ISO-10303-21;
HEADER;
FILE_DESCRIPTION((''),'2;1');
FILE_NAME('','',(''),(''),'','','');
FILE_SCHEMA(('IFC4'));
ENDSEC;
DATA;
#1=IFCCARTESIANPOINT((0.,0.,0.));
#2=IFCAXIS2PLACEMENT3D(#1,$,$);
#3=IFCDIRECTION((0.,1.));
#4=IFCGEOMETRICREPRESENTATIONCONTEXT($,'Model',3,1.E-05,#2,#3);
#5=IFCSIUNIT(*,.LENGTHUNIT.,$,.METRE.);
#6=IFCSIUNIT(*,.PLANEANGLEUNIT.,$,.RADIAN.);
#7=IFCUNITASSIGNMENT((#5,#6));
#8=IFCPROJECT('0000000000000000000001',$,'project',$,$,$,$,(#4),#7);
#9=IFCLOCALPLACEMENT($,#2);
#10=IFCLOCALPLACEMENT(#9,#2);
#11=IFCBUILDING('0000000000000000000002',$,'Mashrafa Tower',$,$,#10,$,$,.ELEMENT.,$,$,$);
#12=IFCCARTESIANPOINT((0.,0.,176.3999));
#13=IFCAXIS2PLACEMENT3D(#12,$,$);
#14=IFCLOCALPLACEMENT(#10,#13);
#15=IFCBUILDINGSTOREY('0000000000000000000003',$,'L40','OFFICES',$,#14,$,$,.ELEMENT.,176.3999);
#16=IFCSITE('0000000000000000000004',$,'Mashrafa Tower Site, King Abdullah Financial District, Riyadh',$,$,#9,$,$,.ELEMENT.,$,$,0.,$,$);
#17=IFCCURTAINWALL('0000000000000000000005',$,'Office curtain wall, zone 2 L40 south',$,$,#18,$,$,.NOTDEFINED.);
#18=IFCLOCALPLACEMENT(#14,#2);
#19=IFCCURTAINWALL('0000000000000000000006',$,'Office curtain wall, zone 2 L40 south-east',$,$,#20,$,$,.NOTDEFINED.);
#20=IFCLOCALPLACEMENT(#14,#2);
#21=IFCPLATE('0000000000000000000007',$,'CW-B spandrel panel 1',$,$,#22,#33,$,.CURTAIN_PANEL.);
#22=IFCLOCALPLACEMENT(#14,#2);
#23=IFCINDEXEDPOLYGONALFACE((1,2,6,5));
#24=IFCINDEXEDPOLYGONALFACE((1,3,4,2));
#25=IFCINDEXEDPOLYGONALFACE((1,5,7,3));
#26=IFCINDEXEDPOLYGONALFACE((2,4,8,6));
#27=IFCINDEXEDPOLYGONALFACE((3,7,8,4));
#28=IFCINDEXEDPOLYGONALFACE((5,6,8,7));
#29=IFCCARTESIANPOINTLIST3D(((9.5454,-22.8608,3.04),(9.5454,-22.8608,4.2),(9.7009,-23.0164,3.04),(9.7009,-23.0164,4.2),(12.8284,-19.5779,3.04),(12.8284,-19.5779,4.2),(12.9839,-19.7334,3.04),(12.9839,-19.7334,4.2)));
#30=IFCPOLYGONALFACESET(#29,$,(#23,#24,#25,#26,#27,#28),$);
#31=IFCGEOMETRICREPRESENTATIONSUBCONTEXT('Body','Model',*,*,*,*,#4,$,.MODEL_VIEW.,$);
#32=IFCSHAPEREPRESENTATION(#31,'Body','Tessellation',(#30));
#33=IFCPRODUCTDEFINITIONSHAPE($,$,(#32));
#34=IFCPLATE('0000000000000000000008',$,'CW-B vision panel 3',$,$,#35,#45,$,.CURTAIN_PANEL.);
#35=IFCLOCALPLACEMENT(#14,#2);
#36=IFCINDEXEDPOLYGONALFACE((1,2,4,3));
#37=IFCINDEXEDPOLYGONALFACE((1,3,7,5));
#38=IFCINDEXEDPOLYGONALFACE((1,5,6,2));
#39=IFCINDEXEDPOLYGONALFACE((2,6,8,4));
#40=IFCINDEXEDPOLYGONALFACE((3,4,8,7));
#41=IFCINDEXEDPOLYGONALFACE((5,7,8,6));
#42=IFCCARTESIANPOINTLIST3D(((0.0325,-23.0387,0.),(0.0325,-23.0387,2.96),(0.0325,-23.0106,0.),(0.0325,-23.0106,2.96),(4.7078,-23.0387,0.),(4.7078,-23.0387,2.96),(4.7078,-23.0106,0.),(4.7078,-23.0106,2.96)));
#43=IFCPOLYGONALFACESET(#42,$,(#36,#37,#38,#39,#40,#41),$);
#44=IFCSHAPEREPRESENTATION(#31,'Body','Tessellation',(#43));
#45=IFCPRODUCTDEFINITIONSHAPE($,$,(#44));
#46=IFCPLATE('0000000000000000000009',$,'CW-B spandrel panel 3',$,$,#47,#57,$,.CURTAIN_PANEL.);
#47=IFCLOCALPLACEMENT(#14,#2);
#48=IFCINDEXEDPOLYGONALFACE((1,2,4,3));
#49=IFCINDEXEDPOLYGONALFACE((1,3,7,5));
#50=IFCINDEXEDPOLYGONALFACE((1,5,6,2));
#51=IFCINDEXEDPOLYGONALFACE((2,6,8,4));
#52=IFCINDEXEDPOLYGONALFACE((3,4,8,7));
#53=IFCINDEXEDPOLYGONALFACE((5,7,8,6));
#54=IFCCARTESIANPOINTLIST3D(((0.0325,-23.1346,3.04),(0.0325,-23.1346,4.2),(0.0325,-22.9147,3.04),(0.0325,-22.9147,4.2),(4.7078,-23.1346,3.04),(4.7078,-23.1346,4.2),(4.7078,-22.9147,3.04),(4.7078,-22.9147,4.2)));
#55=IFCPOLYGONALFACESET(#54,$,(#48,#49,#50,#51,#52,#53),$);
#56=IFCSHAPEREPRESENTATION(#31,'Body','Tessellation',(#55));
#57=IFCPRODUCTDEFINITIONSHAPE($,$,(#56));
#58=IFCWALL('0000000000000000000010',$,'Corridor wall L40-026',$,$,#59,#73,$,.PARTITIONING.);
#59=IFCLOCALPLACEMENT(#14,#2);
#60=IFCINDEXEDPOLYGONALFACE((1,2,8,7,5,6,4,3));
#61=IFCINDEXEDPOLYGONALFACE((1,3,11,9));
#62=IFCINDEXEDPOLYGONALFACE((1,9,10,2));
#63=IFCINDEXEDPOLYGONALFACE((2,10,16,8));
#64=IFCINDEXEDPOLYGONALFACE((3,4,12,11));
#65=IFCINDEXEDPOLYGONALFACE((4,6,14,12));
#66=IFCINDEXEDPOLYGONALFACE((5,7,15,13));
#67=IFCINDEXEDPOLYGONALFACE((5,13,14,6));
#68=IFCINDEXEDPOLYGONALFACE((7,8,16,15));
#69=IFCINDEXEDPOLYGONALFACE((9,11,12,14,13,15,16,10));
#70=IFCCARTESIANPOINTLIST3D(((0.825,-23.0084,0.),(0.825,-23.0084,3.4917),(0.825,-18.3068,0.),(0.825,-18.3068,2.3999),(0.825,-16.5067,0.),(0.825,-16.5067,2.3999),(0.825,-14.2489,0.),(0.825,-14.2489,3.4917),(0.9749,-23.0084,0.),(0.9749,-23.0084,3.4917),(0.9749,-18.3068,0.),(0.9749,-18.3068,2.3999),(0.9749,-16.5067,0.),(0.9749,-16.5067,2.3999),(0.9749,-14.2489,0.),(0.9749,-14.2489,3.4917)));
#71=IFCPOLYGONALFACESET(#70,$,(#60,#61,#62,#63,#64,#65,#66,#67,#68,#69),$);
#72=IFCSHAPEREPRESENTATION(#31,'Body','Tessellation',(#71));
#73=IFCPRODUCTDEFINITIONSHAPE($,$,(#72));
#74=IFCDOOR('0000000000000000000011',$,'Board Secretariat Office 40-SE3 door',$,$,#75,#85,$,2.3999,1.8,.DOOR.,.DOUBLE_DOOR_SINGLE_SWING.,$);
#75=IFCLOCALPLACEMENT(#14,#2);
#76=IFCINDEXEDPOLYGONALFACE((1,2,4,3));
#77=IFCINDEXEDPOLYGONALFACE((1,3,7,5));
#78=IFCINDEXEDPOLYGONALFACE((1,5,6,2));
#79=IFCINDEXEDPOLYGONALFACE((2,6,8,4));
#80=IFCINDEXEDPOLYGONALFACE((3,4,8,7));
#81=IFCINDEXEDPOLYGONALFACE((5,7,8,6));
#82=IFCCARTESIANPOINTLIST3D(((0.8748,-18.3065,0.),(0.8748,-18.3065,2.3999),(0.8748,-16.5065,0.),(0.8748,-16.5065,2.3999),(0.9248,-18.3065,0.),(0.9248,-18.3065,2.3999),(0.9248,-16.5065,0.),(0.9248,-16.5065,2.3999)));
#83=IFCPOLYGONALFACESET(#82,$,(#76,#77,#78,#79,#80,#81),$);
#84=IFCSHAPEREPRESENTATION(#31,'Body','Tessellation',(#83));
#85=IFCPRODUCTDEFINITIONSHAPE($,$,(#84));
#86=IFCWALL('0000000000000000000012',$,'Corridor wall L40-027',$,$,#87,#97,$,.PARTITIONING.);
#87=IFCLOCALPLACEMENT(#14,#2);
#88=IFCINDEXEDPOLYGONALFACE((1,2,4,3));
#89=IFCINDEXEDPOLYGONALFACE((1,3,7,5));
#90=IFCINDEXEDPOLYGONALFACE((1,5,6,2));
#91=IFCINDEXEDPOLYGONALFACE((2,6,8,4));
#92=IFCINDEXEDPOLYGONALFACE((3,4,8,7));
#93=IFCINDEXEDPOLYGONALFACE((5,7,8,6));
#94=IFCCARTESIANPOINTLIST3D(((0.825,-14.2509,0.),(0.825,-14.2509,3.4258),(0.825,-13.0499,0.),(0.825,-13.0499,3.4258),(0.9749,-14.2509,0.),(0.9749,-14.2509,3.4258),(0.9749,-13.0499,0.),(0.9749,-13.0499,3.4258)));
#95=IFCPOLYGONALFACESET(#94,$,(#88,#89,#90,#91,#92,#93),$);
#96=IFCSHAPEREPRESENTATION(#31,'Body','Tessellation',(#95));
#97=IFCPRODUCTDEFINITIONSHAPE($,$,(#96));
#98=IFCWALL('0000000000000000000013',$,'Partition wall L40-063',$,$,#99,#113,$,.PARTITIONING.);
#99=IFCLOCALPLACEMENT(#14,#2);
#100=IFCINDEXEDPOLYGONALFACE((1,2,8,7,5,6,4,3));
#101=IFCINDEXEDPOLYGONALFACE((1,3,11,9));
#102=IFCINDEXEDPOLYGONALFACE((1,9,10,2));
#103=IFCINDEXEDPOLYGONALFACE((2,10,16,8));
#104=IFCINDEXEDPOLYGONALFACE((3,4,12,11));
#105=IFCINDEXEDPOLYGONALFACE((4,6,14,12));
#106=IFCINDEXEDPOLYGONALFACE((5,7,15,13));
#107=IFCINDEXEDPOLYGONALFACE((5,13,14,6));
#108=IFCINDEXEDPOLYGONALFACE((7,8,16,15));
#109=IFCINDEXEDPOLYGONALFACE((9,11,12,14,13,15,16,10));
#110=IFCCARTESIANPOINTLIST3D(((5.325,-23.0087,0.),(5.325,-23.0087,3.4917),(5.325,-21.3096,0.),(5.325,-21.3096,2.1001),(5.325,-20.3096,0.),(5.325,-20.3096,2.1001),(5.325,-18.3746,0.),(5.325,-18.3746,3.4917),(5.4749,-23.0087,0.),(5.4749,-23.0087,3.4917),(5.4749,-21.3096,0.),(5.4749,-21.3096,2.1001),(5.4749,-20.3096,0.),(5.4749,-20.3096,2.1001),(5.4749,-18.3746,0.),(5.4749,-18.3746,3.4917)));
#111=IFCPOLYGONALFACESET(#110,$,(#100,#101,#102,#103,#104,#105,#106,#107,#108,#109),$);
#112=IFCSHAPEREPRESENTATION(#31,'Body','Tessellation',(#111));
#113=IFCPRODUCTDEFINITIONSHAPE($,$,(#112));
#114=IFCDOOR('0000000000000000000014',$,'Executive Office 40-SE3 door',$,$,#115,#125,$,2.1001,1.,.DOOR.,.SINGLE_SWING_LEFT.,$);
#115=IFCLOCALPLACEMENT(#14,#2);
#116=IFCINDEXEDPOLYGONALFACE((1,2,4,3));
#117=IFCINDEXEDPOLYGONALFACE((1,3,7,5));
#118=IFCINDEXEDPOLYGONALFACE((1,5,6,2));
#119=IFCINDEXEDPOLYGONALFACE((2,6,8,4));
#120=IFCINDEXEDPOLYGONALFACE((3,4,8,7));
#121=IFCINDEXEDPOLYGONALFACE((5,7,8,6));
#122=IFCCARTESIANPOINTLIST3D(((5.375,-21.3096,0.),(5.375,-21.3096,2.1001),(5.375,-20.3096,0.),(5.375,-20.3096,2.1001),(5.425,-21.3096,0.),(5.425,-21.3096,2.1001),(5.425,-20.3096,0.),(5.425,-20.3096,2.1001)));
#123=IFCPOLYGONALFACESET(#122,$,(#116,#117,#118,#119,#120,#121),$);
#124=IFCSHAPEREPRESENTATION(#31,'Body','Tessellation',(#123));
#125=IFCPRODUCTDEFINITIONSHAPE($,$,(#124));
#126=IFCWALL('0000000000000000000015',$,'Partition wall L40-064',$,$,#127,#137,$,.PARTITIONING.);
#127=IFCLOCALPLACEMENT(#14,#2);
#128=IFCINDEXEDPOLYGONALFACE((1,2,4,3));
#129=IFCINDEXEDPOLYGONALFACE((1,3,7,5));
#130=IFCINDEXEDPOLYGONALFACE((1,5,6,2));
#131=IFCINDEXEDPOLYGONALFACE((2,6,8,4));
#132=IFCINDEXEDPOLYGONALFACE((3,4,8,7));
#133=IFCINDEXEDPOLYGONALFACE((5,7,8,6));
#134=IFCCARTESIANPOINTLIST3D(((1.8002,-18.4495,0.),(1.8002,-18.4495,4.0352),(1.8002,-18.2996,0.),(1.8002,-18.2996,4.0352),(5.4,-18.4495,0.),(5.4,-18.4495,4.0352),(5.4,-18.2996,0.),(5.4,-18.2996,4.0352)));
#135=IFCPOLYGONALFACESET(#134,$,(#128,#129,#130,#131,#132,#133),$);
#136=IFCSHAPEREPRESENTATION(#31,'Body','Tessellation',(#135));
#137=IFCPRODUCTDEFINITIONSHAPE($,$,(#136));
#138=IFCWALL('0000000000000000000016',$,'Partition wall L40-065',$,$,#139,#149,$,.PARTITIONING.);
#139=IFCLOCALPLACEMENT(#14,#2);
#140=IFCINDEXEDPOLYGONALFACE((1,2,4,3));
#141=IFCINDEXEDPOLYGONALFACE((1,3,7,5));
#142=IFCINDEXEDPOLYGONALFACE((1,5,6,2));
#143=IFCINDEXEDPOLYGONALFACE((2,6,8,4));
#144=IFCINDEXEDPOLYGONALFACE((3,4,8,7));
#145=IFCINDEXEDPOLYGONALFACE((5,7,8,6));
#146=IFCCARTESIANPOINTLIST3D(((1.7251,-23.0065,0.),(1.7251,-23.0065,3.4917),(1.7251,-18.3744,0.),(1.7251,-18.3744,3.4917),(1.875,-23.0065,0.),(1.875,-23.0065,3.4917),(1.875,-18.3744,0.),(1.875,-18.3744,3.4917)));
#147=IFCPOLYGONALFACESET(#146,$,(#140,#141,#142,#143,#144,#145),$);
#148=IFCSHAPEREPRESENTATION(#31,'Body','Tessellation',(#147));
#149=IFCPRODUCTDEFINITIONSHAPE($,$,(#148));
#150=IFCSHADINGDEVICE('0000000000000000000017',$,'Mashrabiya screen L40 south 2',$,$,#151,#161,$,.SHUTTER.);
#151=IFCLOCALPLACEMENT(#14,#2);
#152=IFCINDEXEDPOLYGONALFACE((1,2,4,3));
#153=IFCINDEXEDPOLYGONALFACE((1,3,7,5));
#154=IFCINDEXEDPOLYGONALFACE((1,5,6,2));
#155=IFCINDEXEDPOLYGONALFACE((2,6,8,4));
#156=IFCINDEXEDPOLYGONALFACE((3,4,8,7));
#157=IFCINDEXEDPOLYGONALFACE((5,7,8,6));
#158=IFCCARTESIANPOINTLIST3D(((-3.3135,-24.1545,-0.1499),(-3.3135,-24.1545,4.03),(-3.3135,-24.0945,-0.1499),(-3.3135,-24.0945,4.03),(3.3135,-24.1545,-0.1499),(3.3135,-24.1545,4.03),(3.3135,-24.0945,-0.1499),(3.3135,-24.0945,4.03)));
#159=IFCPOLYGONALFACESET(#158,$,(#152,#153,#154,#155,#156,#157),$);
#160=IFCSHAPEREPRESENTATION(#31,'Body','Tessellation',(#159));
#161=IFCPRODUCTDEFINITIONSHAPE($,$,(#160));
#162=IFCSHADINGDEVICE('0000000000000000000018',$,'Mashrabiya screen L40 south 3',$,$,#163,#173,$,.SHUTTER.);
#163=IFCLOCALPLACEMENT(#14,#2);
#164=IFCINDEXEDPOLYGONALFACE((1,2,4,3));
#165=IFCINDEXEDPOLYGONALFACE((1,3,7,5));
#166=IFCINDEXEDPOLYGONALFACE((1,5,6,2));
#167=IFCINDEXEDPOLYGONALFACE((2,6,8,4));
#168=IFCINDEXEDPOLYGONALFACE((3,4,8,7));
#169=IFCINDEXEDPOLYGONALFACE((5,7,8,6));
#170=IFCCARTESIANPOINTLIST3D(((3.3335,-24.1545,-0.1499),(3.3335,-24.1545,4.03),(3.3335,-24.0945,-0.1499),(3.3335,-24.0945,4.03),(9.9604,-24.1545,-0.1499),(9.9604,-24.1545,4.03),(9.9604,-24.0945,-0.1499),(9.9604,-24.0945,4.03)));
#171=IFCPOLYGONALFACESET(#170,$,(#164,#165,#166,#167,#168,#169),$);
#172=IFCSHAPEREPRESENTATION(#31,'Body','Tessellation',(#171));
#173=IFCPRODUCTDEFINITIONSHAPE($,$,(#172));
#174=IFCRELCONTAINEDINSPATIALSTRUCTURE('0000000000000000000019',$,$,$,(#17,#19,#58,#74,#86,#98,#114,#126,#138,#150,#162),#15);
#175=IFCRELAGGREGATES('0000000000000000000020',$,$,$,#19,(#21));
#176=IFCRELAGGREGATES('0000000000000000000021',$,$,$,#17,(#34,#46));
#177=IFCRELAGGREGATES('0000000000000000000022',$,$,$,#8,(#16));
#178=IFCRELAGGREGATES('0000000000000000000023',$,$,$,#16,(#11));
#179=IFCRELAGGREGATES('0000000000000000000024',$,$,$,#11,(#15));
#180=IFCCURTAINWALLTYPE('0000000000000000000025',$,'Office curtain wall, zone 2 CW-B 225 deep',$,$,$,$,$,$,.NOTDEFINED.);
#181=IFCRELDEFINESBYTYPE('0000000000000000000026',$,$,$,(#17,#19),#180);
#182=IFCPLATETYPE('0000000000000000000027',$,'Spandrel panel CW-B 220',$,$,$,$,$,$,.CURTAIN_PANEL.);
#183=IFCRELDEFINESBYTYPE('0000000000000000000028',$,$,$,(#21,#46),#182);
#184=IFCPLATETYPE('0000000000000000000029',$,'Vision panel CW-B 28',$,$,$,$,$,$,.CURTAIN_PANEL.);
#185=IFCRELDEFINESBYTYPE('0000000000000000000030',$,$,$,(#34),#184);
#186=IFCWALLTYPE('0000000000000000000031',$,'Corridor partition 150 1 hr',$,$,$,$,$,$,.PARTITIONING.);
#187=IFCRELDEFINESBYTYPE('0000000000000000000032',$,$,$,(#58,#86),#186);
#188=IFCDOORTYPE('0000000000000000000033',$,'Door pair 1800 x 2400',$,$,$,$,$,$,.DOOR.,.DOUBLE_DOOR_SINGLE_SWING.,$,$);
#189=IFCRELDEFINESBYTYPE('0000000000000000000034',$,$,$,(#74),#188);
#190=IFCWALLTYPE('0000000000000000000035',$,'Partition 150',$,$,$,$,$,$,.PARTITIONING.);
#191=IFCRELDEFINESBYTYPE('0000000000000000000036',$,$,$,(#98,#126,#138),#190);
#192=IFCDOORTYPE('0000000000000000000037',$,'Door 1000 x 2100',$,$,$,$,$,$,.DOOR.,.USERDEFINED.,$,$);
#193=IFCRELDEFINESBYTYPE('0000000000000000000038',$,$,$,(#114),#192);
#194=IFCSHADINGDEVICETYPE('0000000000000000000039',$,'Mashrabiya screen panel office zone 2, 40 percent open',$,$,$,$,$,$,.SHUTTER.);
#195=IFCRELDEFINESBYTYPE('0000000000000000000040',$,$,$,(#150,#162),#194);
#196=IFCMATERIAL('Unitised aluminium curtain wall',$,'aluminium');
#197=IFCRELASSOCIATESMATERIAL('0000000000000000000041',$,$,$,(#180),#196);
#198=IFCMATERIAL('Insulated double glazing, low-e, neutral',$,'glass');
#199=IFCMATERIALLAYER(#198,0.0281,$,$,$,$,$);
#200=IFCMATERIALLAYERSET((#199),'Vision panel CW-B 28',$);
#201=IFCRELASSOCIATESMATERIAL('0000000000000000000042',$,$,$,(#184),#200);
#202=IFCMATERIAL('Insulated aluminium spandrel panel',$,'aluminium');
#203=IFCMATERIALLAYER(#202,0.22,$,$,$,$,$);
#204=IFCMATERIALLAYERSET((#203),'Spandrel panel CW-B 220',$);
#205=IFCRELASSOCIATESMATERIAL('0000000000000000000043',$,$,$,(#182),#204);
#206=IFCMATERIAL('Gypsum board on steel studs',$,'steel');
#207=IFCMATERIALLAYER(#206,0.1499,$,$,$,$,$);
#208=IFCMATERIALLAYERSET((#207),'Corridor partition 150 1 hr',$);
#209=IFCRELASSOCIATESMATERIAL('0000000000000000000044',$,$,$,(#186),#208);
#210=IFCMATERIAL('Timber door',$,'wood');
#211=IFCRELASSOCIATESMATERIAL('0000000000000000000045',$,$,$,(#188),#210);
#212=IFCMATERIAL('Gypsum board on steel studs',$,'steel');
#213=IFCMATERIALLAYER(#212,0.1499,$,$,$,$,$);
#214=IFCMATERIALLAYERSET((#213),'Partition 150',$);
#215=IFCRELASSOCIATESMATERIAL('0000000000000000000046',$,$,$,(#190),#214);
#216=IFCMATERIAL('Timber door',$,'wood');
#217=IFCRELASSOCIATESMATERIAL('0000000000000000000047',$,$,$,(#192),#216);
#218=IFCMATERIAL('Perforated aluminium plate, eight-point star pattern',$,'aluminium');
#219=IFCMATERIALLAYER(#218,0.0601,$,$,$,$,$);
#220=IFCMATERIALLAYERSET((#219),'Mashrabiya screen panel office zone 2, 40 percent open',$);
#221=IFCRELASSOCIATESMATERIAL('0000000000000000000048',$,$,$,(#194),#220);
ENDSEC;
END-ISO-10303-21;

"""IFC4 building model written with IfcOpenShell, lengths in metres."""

from ifc_helpers import new_model, si_unit, direction, frame, frame_2d, origin, origin_2d, place, context, subcontext, project, spatial, rectangle, extrude, source, transform, mapped, material, layer, layer_set, type_object, type_shapes, element, fill, aggregate, save


model = new_model("IFC4")

# Units and contexts
model_context = context("Model", 3, precision=1e-05, world=origin(), true_north=direction((0.0, 1.0)))
body_context = subcontext(model_context, "Body", "Model", "MODEL_VIEW")
ifc_project = project(units=[si_unit("LENGTHUNIT", "METRE"), si_unit("PLANEANGLEUNIT", "RADIAN")], contexts=[model_context])

# Site, building, storey
site_placement = place(None, origin())
site = spatial("IfcSite", under=ifc_project, at=site_placement, Name="Mashrafa Tower Site, King Abdullah Financial District, Riyadh", CompositionType="ELEMENT", RefElevation=0.0)
building_placement = place(site_placement, origin())
building = spatial("IfcBuilding", under=site, at=building_placement, Name="Mashrafa Tower", CompositionType="ELEMENT")
storey_placement = place(building_placement, frame((0.0, 0.0, 176.3999)))
storey = spatial("IfcBuildingStorey", under=building, at=storey_placement, Name="L40", Description="OFFICES", CompositionType="ELEMENT", Elevation=176.3999)

# Curtain wall
ifc_material_1 = material(Name="Unitised aluminium curtain wall", Category="aluminium")
curtain_wall_type = type_object("IfcCurtainWallType", Name="Office curtain wall, zone 2 CW-B 225 deep", PredefinedType="NOTDEFINED", material=ifc_material_1)
curtain_wall_1_placement = place(storey_placement, origin())
curtain_wall_1 = element("IfcCurtainWall", 1, at=curtain_wall_1_placement, inside=storey, type_object=curtain_wall_type, Name="Office curtain wall, zone 2 L40 south", PredefinedType="NOTDEFINED")

# Curtain wall
curtain_wall_2_placement = place(storey_placement, origin())
curtain_wall_2 = element("IfcCurtainWall", 2, at=curtain_wall_2_placement, inside=storey, type_object=curtain_wall_type, Name="Office curtain wall, zone 2 L40 south-east", PredefinedType="NOTDEFINED")

# Plates
ifc_material_2 = material(Name="Insulated double glazing, low-e, neutral", Category="glass")
ifc_layer_1 = layer(ifc_material_2, 0.0281)
ifc_layer_set_1 = layer_set([ifc_layer_1], Name="Vision panel CW-B 28")
plate_type_1 = type_object("IfcPlateType", Name="Vision panel CW-B 28", PredefinedType="CURTAIN_PANEL", material=ifc_layer_set_1)
ifc_material_3 = material(Name="Insulated aluminium spandrel panel", Category="aluminium")
ifc_layer_2 = layer(ifc_material_3, 0.22)
ifc_layer_set_2 = layer_set([ifc_layer_2], Name="Spandrel panel CW-B 220")
plate_type_2 = type_object("IfcPlateType", Name="Spandrel panel CW-B 220", PredefinedType="CURTAIN_PANEL", material=ifc_layer_set_2)
shared_shape_1 = source(origin(), body_context, "Body", "SweptSolid", [
    extrude(rectangle(XDim=4.6428, YDim=0.22, at=origin_2d()), origin(), (0.0, 0.0, 1.0), 1.1599),
])
plate_1_placement = place(storey_placement, frame((11.2646, -21.2971, 3.04), z_axis=(0.0, 0.0, 1.0), x_axis=(0.707107, 0.707107, 0.0)))
plate_1 = element("IfcPlate", 3, at=plate_1_placement, type_object=plate_type_2, Name="CW-B spandrel panel 1", PredefinedType="CURTAIN_PANEL", context=body_context, shape_type="MappedRepresentation", body=[
    mapped(shared_shape_1, transform((0.0, 0.0, 0.0))),
])
aggregate(curtain_wall_2, [plate_1])
shared_shape_2 = source(origin(), body_context, "Body", "SweptSolid", [
    extrude(rectangle(XDim=4.6753, YDim=0.0281, at=origin_2d()), origin(), (0.0, 0.0, 1.0), 2.96),
])
plate_2_placement = place(storey_placement, frame((2.3701, -23.0247, 0.0), z_axis=(0.0, 0.0, 1.0), x_axis=(1.0, 0.0, 0.0)))
plate_2 = element("IfcPlate", 4, at=plate_2_placement, type_object=plate_type_1, Name="CW-B vision panel 3", PredefinedType="CURTAIN_PANEL", context=body_context, shape_type="MappedRepresentation", body=[
    mapped(shared_shape_2, transform((0.0, 0.0, 0.0))),
])
shared_shape_3 = source(origin(), body_context, "Body", "SweptSolid", [
    extrude(rectangle(XDim=4.6753, YDim=0.22, at=origin_2d()), origin(), (0.0, 0.0, 1.0), 1.1599),
])
type_shapes(plate_type_2, [shared_shape_1, shared_shape_3])
plate_3_placement = place(storey_placement, frame((2.3701, -23.0247, 3.04), z_axis=(0.0, 0.0, 1.0), x_axis=(1.0, 0.0, 0.0)))
plate_3 = element("IfcPlate", 5, at=plate_3_placement, type_object=plate_type_2, Name="CW-B spandrel panel 3", PredefinedType="CURTAIN_PANEL", context=body_context, shape_type="MappedRepresentation", body=[
    mapped(shared_shape_3, transform((0.0, 0.0, 0.0))),
])
aggregate(curtain_wall_1, [plate_2, plate_3])

# Wall, opening, door
ifc_material_4 = material(Name="Gypsum board on steel studs", Category="steel")
ifc_layer_3 = layer(ifc_material_4, 0.1499)
ifc_layer_set_3 = layer_set([ifc_layer_3], Name="Corridor partition 150 1 hr")
wall_type_1 = type_object("IfcWallType", Name="Corridor partition 150 1 hr", PredefinedType="PARTITIONING", material=ifc_layer_set_3)
wall_1_placement = place(storey_placement, frame((0.8999, -23.0085, 0.0), z_axis=(0.0, 0.0, 1.0), x_axis=(0.0, 1.0, 0.0)))
wall_1 = element("IfcWall", 6, at=wall_1_placement, inside=storey, type_object=wall_type_1, Name="Corridor wall L40-026", PredefinedType="PARTITIONING", context=body_context, shape_type="SweptSolid", body=[
    extrude(rectangle(XDim=8.7595, YDim=0.1499, at=frame_2d((4.3799, 0.0))), origin(), (0.0, 0.0, 1.0), 3.4917),
])
opening_1_placement = place(wall_1_placement, frame((4.7019, 0.0, 0.0)))
opening_1 = element("IfcOpeningElement", 7, at=opening_1_placement, cuts=wall_1, PredefinedType="OPENING", context=body_context, shape_type="SweptSolid", body=[
    extrude(rectangle(XDim=1.8, YDim=2.3999, at=frame_2d((0.8999, 1.2))), frame((0.0, 0.085, 0.0), z_axis=(0.0, -1.0, 0.0), x_axis=(1.0, 0.0, 0.0)), (0.0, 0.0, 1.0), 0.1699),
])
ifc_material_5 = material(Name="Timber door", Category="wood")
door_type_1 = type_object("IfcDoorType", Name="Door pair 1800 x 2400", OperationType="DOUBLE_DOOR_SINGLE_SWING", PredefinedType="DOOR", material=ifc_material_5)
door_1_placement = place(opening_1_placement, frame((1.8, 0.0, 0.0), z_axis=(0.0, 0.0, 1.0), x_axis=(-1.0, 0.0, 0.0)))
door_1 = element("IfcDoor", 8, at=door_1_placement, inside=storey, type_object=door_type_1, Name="Board Secretariat Office 40-SE3 door", OperationType="DOUBLE_DOOR_SINGLE_SWING", OverallHeight=2.3999, OverallWidth=1.8, PredefinedType="DOOR", context=body_context, shape_type="SweptSolid", body=[
    extrude(rectangle(XDim=1.8, YDim=2.3999, at=frame_2d((0.8999, 1.2))), frame((0.0, 0.0249, 0.0), z_axis=(0.0, -1.0, 0.0), x_axis=(1.0, 0.0, 0.0)), (0.0, 0.0, 1.0), 0.05),
])
fill(opening_1, door_1)

# Wall
wall_2_placement = place(storey_placement, frame((0.8999, -14.251, 0.0), z_axis=(0.0, 0.0, 1.0), x_axis=(0.0, 1.0, 0.0)))
element("IfcWall", 9, at=wall_2_placement, inside=storey, type_object=wall_type_1, Name="Corridor wall L40-027", PredefinedType="PARTITIONING", context=body_context, shape_type="SweptSolid", body=[
    extrude(rectangle(XDim=1.2009, YDim=0.1499, at=frame_2d((0.6006, 0.0))), origin(), (0.0, 0.0, 1.0), 3.4258),
])

# Wall, opening, door
ifc_material_6 = material(Name="Gypsum board on steel studs", Category="steel")
ifc_layer_4 = layer(ifc_material_6, 0.1499)
ifc_layer_set_4 = layer_set([ifc_layer_4], Name="Partition 150")
wall_type_2 = type_object("IfcWallType", Name="Partition 150", PredefinedType="PARTITIONING", material=ifc_layer_set_4)
wall_3_placement = place(storey_placement, frame((5.3999, -23.0085, 0.0), z_axis=(0.0, 0.0, 1.0), x_axis=(0.0, 1.0, 0.0)))
wall_3 = element("IfcWall", 10, at=wall_3_placement, inside=storey, type_object=wall_type_2, Name="Partition wall L40-063", PredefinedType="PARTITIONING", context=body_context, shape_type="SweptSolid", body=[
    extrude(rectangle(XDim=4.634, YDim=0.1499, at=frame_2d((2.3169, 0.0))), origin(), (0.0, 0.0, 1.0), 3.4917),
])
opening_2_placement = place(wall_3_placement, frame((1.699, 0.0, 0.0)))
opening_2 = element("IfcOpeningElement", 11, at=opening_2_placement, cuts=wall_3, PredefinedType="OPENING", context=body_context, shape_type="SweptSolid", body=[
    extrude(rectangle(XDim=1.0, YDim=2.1001, at=frame_2d((0.5, 1.05))), frame((0.0, 0.085, 0.0), z_axis=(0.0, -1.0, 0.0), x_axis=(1.0, 0.0, 0.0)), (0.0, 0.0, 1.0), 0.1699),
])
ifc_material_7 = material(Name="Timber door", Category="wood")
door_type_2 = type_object("IfcDoorType", Name="Door 1000 x 2100", OperationType="USERDEFINED", PredefinedType="DOOR", material=ifc_material_7)
door_2_placement = place(opening_2_placement, origin())
door_2 = element("IfcDoor", 12, at=door_2_placement, inside=storey, type_object=door_type_2, Name="Executive Office 40-SE3 door", OperationType="SINGLE_SWING_LEFT", OverallHeight=2.1001, OverallWidth=1.0, PredefinedType="DOOR", context=body_context, shape_type="SweptSolid", body=[
    extrude(rectangle(XDim=1.0, YDim=2.1001, at=frame_2d((0.5, 1.05))), frame((0.0, 0.0249, 0.0), z_axis=(0.0, -1.0, 0.0), x_axis=(1.0, 0.0, 0.0)), (0.0, 0.0, 1.0), 0.05),
])
fill(opening_2, door_2)

# Walls
wall_4_placement = place(storey_placement, frame((5.3999, -18.3745, 0.0), z_axis=(0.0, 0.0, 1.0), x_axis=(-1.0, 0.0, 0.0)))
element("IfcWall", 13, at=wall_4_placement, inside=storey, type_object=wall_type_2, Name="Partition wall L40-064", PredefinedType="PARTITIONING", context=body_context, shape_type="SweptSolid", body=[
    extrude(rectangle(XDim=3.5999, YDim=0.1499, at=frame_2d((1.7998, 0.0))), origin(), (0.0, 0.0, 1.0), 4.0352),
])
wall_5_placement = place(storey_placement, frame((1.8, -18.3745, 0.0), z_axis=(0.0, 0.0, 1.0), x_axis=(0.0, -1.0, 0.0)))
element("IfcWall", 14, at=wall_5_placement, inside=storey, type_object=wall_type_2, Name="Partition wall L40-065", PredefinedType="PARTITIONING", context=body_context, shape_type="SweptSolid", body=[
    extrude(rectangle(XDim=4.6321, YDim=0.1499, at=frame_2d((2.3159, 0.0))), origin(), (0.0, 0.0, 1.0), 3.4917),
])

# Shading devices
ifc_material_8 = material(Name="Perforated aluminium plate, eight-point star pattern", Category="aluminium")
ifc_layer_5 = layer(ifc_material_8, 0.0601)
ifc_layer_set_5 = layer_set([ifc_layer_5], Name="Mashrabiya screen panel office zone 2, 40 percent open")
shading_device_type = type_object("IfcShadingDeviceType", Name="Mashrabiya screen panel office zone 2, 40 percent open", PredefinedType="SHUTTER", material=ifc_layer_set_5)
shared_shape_4 = source(origin(), body_context, "Body", "SweptSolid", [
    extrude(rectangle(XDim=6.627, YDim=0.0601, at=origin_2d()), origin(), (0.0, 0.0, 1.0), 4.1799),
])
type_shapes(shading_device_type, [shared_shape_4])
for number, where, z_axis, x_axis, name in (
    (15, (0.0, -24.1245, -0.1499), (0.0, 0.0, 1.0), (1.0, 0.0, 0.0), "Mashrabiya screen L40 south 2"),
    (16, (6.647, -24.1245, -0.1499), (0.0, 0.0, 1.0), (1.0, 0.0, 0.0), "Mashrabiya screen L40 south 3"),
):
    element("IfcShadingDevice", number, at=place(storey_placement, frame(where, z_axis=z_axis, x_axis=x_axis)), inside=storey, type_object=shading_device_type, Name=name, PredefinedType="SHUTTER", context=body_context, shape_type="MappedRepresentation", body=[
        mapped(shared_shape_4, transform((0.0, 0.0, 0.0))),
    ])

save(model, "model.ifc")
